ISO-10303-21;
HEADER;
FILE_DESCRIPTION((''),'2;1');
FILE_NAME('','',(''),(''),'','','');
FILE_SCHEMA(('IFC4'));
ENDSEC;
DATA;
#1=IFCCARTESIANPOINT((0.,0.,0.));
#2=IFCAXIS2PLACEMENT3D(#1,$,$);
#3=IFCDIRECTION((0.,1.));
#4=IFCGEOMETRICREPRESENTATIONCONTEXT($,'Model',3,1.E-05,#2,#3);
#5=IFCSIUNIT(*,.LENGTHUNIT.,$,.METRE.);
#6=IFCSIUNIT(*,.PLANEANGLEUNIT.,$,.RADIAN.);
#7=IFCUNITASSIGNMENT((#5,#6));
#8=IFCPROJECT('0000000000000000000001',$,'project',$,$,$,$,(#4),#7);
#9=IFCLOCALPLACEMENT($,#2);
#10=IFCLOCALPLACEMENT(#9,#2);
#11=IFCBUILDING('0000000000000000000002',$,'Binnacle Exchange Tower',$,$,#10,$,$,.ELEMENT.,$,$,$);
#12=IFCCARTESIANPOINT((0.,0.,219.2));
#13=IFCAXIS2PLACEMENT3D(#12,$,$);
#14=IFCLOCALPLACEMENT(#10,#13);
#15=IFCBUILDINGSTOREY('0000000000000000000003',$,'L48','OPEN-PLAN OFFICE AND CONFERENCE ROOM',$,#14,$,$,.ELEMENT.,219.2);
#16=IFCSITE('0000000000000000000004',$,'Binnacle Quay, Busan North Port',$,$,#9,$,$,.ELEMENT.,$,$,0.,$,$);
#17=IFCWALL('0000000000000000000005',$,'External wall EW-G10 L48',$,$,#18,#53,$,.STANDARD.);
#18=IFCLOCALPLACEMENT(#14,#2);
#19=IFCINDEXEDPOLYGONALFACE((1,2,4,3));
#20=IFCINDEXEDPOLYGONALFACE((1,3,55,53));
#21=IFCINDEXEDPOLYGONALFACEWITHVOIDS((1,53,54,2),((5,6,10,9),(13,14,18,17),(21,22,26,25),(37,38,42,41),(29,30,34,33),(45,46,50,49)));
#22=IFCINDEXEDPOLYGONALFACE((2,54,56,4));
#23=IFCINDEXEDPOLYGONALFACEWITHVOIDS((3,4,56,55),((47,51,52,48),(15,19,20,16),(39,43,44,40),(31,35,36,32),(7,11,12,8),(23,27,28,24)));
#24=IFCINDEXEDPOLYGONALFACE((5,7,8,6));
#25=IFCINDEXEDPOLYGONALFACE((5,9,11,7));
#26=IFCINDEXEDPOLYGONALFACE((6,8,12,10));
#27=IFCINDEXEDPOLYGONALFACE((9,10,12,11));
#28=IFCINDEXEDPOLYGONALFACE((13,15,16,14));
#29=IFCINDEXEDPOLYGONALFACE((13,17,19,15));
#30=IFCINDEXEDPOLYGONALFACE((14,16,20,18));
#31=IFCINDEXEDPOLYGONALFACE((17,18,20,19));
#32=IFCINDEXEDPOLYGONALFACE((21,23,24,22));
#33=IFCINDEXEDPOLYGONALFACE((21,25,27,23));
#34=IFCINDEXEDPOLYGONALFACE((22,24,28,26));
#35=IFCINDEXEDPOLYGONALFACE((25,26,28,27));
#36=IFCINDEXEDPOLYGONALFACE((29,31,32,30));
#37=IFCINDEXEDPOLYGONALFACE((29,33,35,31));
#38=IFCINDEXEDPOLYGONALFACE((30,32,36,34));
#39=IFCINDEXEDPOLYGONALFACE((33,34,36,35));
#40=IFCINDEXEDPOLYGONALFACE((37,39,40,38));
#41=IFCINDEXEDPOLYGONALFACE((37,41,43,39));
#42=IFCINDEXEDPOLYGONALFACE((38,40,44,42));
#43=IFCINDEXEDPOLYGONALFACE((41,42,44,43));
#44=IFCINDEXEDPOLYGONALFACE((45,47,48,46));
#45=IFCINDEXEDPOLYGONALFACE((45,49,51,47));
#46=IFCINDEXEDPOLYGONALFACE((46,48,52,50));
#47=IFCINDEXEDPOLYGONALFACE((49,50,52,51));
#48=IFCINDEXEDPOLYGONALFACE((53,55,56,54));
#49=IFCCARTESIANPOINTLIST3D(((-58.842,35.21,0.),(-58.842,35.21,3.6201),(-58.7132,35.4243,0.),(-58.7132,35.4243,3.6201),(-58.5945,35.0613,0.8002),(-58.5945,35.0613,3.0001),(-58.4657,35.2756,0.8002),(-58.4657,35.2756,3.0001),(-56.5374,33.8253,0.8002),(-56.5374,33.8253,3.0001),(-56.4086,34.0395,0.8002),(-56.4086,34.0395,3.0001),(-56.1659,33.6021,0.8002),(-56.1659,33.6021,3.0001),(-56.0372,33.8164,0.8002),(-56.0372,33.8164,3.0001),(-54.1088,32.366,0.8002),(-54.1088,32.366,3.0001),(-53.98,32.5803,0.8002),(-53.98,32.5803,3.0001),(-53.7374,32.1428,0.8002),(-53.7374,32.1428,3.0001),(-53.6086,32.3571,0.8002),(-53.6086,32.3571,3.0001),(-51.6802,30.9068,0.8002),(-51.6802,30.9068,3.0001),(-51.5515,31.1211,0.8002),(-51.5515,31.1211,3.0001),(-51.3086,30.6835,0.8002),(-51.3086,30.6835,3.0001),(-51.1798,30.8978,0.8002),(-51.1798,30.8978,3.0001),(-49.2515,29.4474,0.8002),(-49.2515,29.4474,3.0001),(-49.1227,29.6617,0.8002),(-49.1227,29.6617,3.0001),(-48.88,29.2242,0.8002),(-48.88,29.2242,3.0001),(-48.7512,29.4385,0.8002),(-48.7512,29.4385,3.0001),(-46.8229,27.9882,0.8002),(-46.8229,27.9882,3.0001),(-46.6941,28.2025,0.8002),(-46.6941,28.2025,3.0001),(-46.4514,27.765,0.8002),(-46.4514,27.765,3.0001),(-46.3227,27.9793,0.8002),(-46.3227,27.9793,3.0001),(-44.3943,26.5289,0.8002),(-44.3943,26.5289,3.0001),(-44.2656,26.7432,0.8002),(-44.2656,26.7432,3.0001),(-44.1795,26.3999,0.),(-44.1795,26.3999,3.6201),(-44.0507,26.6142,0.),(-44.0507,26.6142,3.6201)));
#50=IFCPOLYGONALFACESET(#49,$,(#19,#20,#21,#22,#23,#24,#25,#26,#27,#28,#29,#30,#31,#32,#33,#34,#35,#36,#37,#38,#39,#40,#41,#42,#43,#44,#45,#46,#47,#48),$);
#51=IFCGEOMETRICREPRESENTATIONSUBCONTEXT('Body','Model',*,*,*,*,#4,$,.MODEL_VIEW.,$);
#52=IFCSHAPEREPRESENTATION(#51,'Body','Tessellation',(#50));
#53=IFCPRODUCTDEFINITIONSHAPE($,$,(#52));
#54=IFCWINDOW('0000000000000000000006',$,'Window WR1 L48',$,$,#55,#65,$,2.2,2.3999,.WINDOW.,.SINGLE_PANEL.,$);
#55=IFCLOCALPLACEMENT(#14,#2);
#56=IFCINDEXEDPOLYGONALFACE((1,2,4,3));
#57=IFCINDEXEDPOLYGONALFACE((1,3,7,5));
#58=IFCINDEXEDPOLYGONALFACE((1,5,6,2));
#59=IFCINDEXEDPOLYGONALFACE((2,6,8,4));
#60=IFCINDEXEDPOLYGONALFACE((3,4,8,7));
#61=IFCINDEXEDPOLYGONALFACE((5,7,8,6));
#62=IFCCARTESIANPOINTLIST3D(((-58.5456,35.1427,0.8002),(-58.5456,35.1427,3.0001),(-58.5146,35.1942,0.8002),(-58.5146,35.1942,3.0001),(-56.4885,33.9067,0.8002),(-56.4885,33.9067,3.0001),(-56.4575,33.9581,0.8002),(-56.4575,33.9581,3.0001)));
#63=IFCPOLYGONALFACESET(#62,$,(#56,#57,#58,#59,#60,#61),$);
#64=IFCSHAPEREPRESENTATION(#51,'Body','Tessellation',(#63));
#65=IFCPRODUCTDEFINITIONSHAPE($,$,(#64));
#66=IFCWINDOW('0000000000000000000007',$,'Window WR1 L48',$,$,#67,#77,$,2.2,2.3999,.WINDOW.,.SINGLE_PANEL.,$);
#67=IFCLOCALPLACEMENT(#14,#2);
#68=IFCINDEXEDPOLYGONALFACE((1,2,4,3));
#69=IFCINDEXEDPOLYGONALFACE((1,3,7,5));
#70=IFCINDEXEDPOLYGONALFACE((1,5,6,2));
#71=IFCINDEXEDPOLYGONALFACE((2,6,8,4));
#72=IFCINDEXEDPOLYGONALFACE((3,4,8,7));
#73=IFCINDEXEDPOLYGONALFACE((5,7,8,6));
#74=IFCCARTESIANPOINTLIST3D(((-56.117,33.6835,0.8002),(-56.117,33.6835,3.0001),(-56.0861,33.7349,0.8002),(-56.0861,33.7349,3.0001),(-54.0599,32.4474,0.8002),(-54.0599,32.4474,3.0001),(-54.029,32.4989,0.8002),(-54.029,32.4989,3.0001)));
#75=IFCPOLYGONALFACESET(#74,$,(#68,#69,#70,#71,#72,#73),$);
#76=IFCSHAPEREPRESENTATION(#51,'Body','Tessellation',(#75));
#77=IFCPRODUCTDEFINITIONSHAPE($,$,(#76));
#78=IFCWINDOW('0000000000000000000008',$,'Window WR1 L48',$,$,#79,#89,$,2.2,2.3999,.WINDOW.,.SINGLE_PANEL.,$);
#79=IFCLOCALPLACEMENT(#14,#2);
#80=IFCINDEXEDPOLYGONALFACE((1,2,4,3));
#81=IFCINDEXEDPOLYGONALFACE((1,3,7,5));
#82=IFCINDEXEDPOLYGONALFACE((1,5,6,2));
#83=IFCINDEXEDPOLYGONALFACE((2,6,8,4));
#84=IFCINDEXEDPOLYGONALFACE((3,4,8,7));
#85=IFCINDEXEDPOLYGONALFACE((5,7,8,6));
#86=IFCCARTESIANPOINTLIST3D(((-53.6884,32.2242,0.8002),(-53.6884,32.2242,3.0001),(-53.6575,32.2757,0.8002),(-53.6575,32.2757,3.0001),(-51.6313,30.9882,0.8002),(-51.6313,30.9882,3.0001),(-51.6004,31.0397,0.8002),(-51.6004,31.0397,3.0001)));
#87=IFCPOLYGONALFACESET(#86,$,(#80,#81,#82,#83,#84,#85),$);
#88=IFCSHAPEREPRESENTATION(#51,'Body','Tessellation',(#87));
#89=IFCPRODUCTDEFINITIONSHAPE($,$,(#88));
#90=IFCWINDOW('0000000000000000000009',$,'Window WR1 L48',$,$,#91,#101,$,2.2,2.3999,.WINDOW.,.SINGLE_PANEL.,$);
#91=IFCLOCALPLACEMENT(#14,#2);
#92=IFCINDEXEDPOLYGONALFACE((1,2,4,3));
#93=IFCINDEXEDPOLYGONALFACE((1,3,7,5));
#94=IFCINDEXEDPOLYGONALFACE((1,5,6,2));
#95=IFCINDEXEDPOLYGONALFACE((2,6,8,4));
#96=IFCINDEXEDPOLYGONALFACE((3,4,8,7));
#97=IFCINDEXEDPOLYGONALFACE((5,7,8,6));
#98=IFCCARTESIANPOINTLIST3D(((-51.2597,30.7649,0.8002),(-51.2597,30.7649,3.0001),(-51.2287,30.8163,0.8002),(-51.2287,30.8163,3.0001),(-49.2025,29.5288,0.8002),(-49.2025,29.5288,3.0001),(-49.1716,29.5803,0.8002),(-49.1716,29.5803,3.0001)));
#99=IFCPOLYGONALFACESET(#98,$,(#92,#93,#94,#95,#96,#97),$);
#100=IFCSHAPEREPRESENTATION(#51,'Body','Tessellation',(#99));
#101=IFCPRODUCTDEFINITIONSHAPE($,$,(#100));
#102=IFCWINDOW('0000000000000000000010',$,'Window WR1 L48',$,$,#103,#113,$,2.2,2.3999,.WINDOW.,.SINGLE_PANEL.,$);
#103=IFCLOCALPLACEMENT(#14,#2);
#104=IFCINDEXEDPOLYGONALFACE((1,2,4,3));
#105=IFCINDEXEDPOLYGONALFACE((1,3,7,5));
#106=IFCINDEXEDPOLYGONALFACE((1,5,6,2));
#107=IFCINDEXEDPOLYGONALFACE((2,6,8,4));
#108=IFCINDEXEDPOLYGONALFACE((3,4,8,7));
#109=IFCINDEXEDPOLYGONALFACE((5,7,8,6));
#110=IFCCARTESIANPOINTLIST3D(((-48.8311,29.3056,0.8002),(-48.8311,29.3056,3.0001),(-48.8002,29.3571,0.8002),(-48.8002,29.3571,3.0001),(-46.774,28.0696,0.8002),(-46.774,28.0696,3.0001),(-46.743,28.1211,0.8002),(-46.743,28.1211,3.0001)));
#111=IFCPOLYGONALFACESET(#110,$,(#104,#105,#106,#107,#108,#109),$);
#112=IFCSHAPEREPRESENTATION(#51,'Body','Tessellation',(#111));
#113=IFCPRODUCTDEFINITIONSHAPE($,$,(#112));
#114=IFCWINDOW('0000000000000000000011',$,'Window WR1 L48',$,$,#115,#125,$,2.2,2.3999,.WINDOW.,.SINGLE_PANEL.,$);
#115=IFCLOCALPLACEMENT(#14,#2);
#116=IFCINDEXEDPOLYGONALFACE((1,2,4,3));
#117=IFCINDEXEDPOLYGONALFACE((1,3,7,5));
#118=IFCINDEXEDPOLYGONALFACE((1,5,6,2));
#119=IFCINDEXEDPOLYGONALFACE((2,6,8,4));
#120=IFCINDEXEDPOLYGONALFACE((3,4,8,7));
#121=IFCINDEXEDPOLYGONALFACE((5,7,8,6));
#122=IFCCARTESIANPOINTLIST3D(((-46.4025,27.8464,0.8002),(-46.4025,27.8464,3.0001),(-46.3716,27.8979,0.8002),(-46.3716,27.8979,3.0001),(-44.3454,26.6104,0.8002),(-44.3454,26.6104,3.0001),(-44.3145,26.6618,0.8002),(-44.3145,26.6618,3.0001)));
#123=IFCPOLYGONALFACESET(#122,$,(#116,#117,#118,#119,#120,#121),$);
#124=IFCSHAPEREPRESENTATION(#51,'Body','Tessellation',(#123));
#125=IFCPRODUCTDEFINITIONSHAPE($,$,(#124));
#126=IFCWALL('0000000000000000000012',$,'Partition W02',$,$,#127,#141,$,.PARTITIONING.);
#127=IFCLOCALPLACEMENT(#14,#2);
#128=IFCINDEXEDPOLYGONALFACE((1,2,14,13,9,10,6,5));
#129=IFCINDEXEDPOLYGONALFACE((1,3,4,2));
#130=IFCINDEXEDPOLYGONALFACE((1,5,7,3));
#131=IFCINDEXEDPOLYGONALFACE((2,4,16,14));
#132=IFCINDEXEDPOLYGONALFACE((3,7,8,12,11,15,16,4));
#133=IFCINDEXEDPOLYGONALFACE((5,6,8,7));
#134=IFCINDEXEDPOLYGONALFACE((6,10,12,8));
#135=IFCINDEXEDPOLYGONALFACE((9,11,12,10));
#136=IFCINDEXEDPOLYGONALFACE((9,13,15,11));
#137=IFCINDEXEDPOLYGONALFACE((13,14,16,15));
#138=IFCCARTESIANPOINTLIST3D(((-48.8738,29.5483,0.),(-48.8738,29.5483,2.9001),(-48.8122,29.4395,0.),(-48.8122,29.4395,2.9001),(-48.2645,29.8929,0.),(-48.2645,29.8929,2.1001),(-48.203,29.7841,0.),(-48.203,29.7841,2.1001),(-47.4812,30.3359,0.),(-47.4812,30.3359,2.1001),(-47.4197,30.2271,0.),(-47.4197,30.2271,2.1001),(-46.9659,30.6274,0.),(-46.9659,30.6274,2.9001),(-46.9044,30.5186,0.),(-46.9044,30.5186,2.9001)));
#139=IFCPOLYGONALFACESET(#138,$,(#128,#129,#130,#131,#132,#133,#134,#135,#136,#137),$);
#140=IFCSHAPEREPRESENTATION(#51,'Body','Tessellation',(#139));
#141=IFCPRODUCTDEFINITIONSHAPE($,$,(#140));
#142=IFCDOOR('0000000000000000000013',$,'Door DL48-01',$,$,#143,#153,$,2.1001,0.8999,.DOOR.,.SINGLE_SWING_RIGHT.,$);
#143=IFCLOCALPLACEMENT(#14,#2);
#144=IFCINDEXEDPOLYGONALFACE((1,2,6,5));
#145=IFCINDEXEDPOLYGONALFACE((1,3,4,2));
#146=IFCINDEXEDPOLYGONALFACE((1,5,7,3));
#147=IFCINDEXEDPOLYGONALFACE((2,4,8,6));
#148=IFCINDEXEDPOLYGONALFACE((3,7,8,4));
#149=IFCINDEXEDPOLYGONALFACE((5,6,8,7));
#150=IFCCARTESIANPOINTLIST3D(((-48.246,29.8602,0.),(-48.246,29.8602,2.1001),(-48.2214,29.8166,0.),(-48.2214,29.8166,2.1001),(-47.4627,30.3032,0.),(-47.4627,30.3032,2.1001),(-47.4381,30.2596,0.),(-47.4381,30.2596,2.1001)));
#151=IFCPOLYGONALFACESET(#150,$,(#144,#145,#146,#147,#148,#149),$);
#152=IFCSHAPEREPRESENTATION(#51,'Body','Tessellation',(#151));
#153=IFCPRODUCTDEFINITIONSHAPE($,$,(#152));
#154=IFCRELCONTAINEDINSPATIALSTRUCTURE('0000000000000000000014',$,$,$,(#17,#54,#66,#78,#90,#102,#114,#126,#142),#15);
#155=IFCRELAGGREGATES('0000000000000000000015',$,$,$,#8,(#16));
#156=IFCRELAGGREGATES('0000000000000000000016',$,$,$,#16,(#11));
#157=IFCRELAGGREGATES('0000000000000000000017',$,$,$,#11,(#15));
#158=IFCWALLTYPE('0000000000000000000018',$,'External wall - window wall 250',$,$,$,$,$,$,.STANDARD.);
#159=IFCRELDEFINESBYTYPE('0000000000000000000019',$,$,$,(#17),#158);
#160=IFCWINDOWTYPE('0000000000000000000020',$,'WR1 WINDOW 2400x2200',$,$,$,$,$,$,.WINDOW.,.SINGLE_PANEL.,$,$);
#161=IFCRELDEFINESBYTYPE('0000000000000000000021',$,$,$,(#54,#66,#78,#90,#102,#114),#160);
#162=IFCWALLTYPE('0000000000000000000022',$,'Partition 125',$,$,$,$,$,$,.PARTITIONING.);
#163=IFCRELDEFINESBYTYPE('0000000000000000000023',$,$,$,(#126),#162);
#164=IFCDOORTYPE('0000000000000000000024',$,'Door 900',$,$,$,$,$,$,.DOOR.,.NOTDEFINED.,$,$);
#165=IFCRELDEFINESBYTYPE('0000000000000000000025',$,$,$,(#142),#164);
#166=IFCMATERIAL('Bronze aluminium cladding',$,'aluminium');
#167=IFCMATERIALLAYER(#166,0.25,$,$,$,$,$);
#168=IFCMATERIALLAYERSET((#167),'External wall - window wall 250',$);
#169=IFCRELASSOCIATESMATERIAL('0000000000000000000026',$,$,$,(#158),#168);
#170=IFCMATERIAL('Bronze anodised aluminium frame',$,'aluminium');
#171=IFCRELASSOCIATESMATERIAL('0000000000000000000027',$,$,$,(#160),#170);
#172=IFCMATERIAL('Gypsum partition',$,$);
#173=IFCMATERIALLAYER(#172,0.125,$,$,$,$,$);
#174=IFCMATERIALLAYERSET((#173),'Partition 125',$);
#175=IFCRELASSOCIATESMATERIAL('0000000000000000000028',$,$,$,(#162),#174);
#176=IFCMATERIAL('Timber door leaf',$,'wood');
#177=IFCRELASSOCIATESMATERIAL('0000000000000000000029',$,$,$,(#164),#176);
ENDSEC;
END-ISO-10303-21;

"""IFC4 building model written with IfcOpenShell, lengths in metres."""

from ifc_helpers import new_model, si_unit, direction, frame, frame_2d, origin, place, context, subcontext, project, spatial, rectangle, extrude, material, layer, layer_set, type_object, element, fill, save


model = new_model("IFC4")

# Units and contexts
model_context = context("Model", 3, precision=1e-05, world=origin(), true_north=direction((0.0, 1.0)))
body_context = subcontext(model_context, "Body", "Model", "MODEL_VIEW")
ifc_project = project(units=[si_unit("LENGTHUNIT", "METRE"), si_unit("PLANEANGLEUNIT", "RADIAN")], contexts=[model_context])

# Site, building, storey
site_placement = place(None, origin())
site = spatial("IfcSite", under=ifc_project, at=site_placement, Name="Binnacle Quay, Busan North Port", CompositionType="ELEMENT", RefElevation=0.0)
building_placement = place(site_placement, origin())
building = spatial("IfcBuilding", under=site, at=building_placement, Name="Binnacle Exchange Tower", CompositionType="ELEMENT")
storey_placement = place(building_placement, frame((0.0, 0.0, 219.2)))
storey = spatial("IfcBuildingStorey", under=building, at=storey_placement, Name="L48", Description="OPEN-PLAN OFFICE AND CONFERENCE ROOM", CompositionType="ELEMENT", Elevation=219.2)

# Shared definitions
ifc_material_1 = material(Name="Bronze aluminium cladding", Category="aluminium")
ifc_layer_1 = layer(ifc_material_1, 0.25)
ifc_layer_set_1 = layer_set([ifc_layer_1], Name="External wall - window wall 250")
wall_type_1 = type_object("IfcWallType", Name="External wall - window wall 250", PredefinedType="STANDARD", material=ifc_layer_set_1)

# Wall, openings, windows
wall_1_placement = place(storey_placement, frame((-44.1152, 26.5071, 0.0), z_axis=(0.0, 0.0, 1.0), x_axis=(-0.857167, 0.515039, 0.0)))
wall_1 = element("IfcWall", 1, at=wall_1_placement, inside=storey, type_object=wall_type_1, Name="External wall EW-G10 L48", PredefinedType="STANDARD", context=body_context, shape_type="SweptSolid", body=[
    extrude(rectangle(XDim=17.1057, YDim=0.25, at=frame_2d((8.5527, 0.0))), origin(), (0.0, 0.0, 1.0), 3.6201),
])
opening_1_placement = place(wall_1_placement, frame((14.417, 0.0, 0.8)))
opening_1 = element("IfcOpeningElement", 2, at=opening_1_placement, cuts=wall_1, PredefinedType="OPENING", context=body_context, shape_type="SweptSolid", body=[
    extrude(rectangle(XDim=2.3999, YDim=2.2, at=frame_2d((1.2, 1.1001))), frame((0.0, 0.135, 0.0), z_axis=(0.0, -1.0, 0.0), x_axis=(1.0, 0.0, 0.0)), (0.0, 0.0, 1.0), 0.27),
])
opening_2_placement = place(wall_1_placement, frame((11.5837, 0.0, 0.8)))
opening_2 = element("IfcOpeningElement", 3, at=opening_2_placement, cuts=wall_1, PredefinedType="OPENING", context=body_context, shape_type="SweptSolid", body=[
    extrude(rectangle(XDim=2.3999, YDim=2.2, at=frame_2d((1.2, 1.1001))), frame((0.0, 0.135, 0.0), z_axis=(0.0, -1.0, 0.0), x_axis=(1.0, 0.0, 0.0)), (0.0, 0.0, 1.0), 0.27),
])
opening_3_placement = place(wall_1_placement, frame((8.7505, 0.0, 0.8)))
opening_3 = element("IfcOpeningElement", 4, at=opening_3_placement, cuts=wall_1, PredefinedType="OPENING", context=body_context, shape_type="SweptSolid", body=[
    extrude(rectangle(XDim=2.3999, YDim=2.2, at=frame_2d((1.2, 1.1001))), frame((0.0, 0.135, 0.0), z_axis=(0.0, -1.0, 0.0), x_axis=(1.0, 0.0, 0.0)), (0.0, 0.0, 1.0), 0.27),
])
opening_4_placement = place(wall_1_placement, frame((5.917, 0.0, 0.8)))
opening_4 = element("IfcOpeningElement", 5, at=opening_4_placement, cuts=wall_1, PredefinedType="OPENING", context=body_context, shape_type="SweptSolid", body=[
    extrude(rectangle(XDim=2.3999, YDim=2.2, at=frame_2d((1.2, 1.1001))), frame((0.0, 0.135, 0.0), z_axis=(0.0, -1.0, 0.0), x_axis=(1.0, 0.0, 0.0)), (0.0, 0.0, 1.0), 0.27),
])
opening_5_placement = place(wall_1_placement, frame((3.0837, 0.0, 0.8)))
opening_5 = element("IfcOpeningElement", 6, at=opening_5_placement, cuts=wall_1, PredefinedType="OPENING", context=body_context, shape_type="SweptSolid", body=[
    extrude(rectangle(XDim=2.3999, YDim=2.2, at=frame_2d((1.2, 1.1001))), frame((0.0, 0.135, 0.0), z_axis=(0.0, -1.0, 0.0), x_axis=(1.0, 0.0, 0.0)), (0.0, 0.0, 1.0), 0.27),
])
opening_6_placement = place(wall_1_placement, frame((0.2505, 0.0, 0.8)))
opening_6 = element("IfcOpeningElement", 7, at=opening_6_placement, cuts=wall_1, PredefinedType="OPENING", context=body_context, shape_type="SweptSolid", body=[
    extrude(rectangle(XDim=2.3999, YDim=2.2, at=frame_2d((1.2, 1.1001))), frame((0.0, 0.135, 0.0), z_axis=(0.0, -1.0, 0.0), x_axis=(1.0, 0.0, 0.0)), (0.0, 0.0, 1.0), 0.27),
])
ifc_material_2 = material(Name="Bronze anodised aluminium frame", Category="aluminium")
window_type = type_object("IfcWindowType", Name="WR1 WINDOW 2400x2200", PartitioningType="SINGLE_PANEL", PredefinedType="WINDOW", material=ifc_material_2)
window_1_placement = place(opening_1_placement, origin())
window_1 = element("IfcWindow", 8, at=window_1_placement, inside=storey, type_object=window_type, Name="Window WR1 L48", OverallHeight=2.2, OverallWidth=2.3999, PartitioningType="SINGLE_PANEL", PredefinedType="WINDOW", context=body_context, shape_type="SweptSolid", body=[
    extrude(rectangle(XDim=2.3999, YDim=2.2, at=frame_2d((1.2, 1.1001))), frame((0.0, 0.03, 0.0), z_axis=(0.0, -1.0, 0.0), x_axis=(1.0, 0.0, 0.0)), (0.0, 0.0, 1.0), 0.0601),
])
fill(opening_1, window_1)
window_2_placement = place(opening_2_placement, origin())
window_2 = element("IfcWindow", 9, at=window_2_placement, inside=storey, type_object=window_type, Name="Window WR1 L48", OverallHeight=2.2, OverallWidth=2.3999, PartitioningType="SINGLE_PANEL", PredefinedType="WINDOW", context=body_context, shape_type="SweptSolid", body=[
    extrude(rectangle(XDim=2.3999, YDim=2.2, at=frame_2d((1.2, 1.1001))), frame((0.0, 0.03, 0.0), z_axis=(0.0, -1.0, 0.0), x_axis=(1.0, 0.0, 0.0)), (0.0, 0.0, 1.0), 0.0601),
])
fill(opening_2, window_2)
window_3_placement = place(opening_3_placement, origin())
window_3 = element("IfcWindow", 10, at=window_3_placement, inside=storey, type_object=window_type, Name="Window WR1 L48", OverallHeight=2.2, OverallWidth=2.3999, PartitioningType="SINGLE_PANEL", PredefinedType="WINDOW", context=body_context, shape_type="SweptSolid", body=[
    extrude(rectangle(XDim=2.3999, YDim=2.2, at=frame_2d((1.2, 1.1001))), frame((0.0, 0.03, 0.0), z_axis=(0.0, -1.0, 0.0), x_axis=(1.0, 0.0, 0.0)), (0.0, 0.0, 1.0), 0.0601),
])
fill(opening_3, window_3)
window_4_placement = place(opening_4_placement, origin())
window_4 = element("IfcWindow", 11, at=window_4_placement, inside=storey, type_object=window_type, Name="Window WR1 L48", OverallHeight=2.2, OverallWidth=2.3999, PartitioningType="SINGLE_PANEL", PredefinedType="WINDOW", context=body_context, shape_type="SweptSolid", body=[
    extrude(rectangle(XDim=2.3999, YDim=2.2, at=frame_2d((1.2, 1.1001))), frame((0.0, 0.03, 0.0), z_axis=(0.0, -1.0, 0.0), x_axis=(1.0, 0.0, 0.0)), (0.0, 0.0, 1.0), 0.0601),
])
fill(opening_4, window_4)
window_5_placement = place(opening_5_placement, origin())
window_5 = element("IfcWindow", 12, at=window_5_placement, inside=storey, type_object=window_type, Name="Window WR1 L48", OverallHeight=2.2, OverallWidth=2.3999, PartitioningType="SINGLE_PANEL", PredefinedType="WINDOW", context=body_context, shape_type="SweptSolid", body=[
    extrude(rectangle(XDim=2.3999, YDim=2.2, at=frame_2d((1.2, 1.1001))), frame((0.0, 0.03, 0.0), z_axis=(0.0, -1.0, 0.0), x_axis=(1.0, 0.0, 0.0)), (0.0, 0.0, 1.0), 0.0601),
])
fill(opening_5, window_5)
window_6_placement = place(opening_6_placement, origin())
window_6 = element("IfcWindow", 13, at=window_6_placement, inside=storey, type_object=window_type, Name="Window WR1 L48", OverallHeight=2.2, OverallWidth=2.3999, PartitioningType="SINGLE_PANEL", PredefinedType="WINDOW", context=body_context, shape_type="SweptSolid", body=[
    extrude(rectangle(XDim=2.3999, YDim=2.2, at=frame_2d((1.2, 1.1001))), frame((0.0, 0.03, 0.0), z_axis=(0.0, -1.0, 0.0), x_axis=(1.0, 0.0, 0.0)), (0.0, 0.0, 1.0), 0.0601),
])
fill(opening_6, window_6)

# Wall, opening, door
ifc_material_3 = material(Name="Gypsum partition")
ifc_layer_2 = layer(ifc_material_3, 0.125)
ifc_layer_set_2 = layer_set([ifc_layer_2], Name="Partition 125")
wall_type_2 = type_object("IfcWallType", Name="Partition 125", PredefinedType="PARTITIONING", material=ifc_layer_set_2)
wall_2_placement = place(storey_placement, frame((-48.843, 29.4939, 0.0), z_axis=(0.0, 0.0, 1.0), x_axis=(0.870428, 0.492296, 0.0)))
wall_2 = element("IfcWall", 14, at=wall_2_placement, inside=storey, type_object=wall_type_2, Name="Partition W02", PredefinedType="PARTITIONING", context=body_context, shape_type="SweptSolid", body=[
    extrude(rectangle(XDim=2.1919, YDim=0.125, at=frame_2d((1.0959, 0.0))), origin(), (0.0, 0.0, 1.0), 2.9001),
])
opening_7_placement = place(wall_2_placement, frame((0.7, 0.0, 0.0)))
opening_7 = element("IfcOpeningElement", 15, at=opening_7_placement, cuts=wall_2, PredefinedType="OPENING", context=body_context, shape_type="SweptSolid", body=[
    extrude(rectangle(XDim=0.8999, YDim=2.1001, at=frame_2d((0.45, 1.05))), frame((0.0, 0.0725, 0.0), z_axis=(0.0, -1.0, 0.0), x_axis=(1.0, 0.0, 0.0)), (0.0, 0.0, 1.0), 0.145),
])
ifc_material_4 = material(Name="Timber door leaf", Category="wood")
door_type_1 = type_object("IfcDoorType", Name="Door 900", OperationType="NOTDEFINED", PredefinedType="DOOR", material=ifc_material_4)
door_1_placement = place(opening_7_placement, origin())
door_1 = element("IfcDoor", 16, at=door_1_placement, inside=storey, type_object=door_type_1, Name="Door DL48-01", OperationType="SINGLE_SWING_RIGHT", OverallHeight=2.1001, OverallWidth=0.8999, PredefinedType="DOOR", context=body_context, shape_type="SweptSolid", body=[
    extrude(rectangle(XDim=0.8999, YDim=2.1001, at=frame_2d((0.45, 1.05))), frame((0.0, 0.0249, 0.0), z_axis=(0.0, -1.0, 0.0), x_axis=(1.0, 0.0, 0.0)), (0.0, 0.0, 1.0), 0.05),
])
fill(opening_7, door_1)

save(model, "model.ifc")
